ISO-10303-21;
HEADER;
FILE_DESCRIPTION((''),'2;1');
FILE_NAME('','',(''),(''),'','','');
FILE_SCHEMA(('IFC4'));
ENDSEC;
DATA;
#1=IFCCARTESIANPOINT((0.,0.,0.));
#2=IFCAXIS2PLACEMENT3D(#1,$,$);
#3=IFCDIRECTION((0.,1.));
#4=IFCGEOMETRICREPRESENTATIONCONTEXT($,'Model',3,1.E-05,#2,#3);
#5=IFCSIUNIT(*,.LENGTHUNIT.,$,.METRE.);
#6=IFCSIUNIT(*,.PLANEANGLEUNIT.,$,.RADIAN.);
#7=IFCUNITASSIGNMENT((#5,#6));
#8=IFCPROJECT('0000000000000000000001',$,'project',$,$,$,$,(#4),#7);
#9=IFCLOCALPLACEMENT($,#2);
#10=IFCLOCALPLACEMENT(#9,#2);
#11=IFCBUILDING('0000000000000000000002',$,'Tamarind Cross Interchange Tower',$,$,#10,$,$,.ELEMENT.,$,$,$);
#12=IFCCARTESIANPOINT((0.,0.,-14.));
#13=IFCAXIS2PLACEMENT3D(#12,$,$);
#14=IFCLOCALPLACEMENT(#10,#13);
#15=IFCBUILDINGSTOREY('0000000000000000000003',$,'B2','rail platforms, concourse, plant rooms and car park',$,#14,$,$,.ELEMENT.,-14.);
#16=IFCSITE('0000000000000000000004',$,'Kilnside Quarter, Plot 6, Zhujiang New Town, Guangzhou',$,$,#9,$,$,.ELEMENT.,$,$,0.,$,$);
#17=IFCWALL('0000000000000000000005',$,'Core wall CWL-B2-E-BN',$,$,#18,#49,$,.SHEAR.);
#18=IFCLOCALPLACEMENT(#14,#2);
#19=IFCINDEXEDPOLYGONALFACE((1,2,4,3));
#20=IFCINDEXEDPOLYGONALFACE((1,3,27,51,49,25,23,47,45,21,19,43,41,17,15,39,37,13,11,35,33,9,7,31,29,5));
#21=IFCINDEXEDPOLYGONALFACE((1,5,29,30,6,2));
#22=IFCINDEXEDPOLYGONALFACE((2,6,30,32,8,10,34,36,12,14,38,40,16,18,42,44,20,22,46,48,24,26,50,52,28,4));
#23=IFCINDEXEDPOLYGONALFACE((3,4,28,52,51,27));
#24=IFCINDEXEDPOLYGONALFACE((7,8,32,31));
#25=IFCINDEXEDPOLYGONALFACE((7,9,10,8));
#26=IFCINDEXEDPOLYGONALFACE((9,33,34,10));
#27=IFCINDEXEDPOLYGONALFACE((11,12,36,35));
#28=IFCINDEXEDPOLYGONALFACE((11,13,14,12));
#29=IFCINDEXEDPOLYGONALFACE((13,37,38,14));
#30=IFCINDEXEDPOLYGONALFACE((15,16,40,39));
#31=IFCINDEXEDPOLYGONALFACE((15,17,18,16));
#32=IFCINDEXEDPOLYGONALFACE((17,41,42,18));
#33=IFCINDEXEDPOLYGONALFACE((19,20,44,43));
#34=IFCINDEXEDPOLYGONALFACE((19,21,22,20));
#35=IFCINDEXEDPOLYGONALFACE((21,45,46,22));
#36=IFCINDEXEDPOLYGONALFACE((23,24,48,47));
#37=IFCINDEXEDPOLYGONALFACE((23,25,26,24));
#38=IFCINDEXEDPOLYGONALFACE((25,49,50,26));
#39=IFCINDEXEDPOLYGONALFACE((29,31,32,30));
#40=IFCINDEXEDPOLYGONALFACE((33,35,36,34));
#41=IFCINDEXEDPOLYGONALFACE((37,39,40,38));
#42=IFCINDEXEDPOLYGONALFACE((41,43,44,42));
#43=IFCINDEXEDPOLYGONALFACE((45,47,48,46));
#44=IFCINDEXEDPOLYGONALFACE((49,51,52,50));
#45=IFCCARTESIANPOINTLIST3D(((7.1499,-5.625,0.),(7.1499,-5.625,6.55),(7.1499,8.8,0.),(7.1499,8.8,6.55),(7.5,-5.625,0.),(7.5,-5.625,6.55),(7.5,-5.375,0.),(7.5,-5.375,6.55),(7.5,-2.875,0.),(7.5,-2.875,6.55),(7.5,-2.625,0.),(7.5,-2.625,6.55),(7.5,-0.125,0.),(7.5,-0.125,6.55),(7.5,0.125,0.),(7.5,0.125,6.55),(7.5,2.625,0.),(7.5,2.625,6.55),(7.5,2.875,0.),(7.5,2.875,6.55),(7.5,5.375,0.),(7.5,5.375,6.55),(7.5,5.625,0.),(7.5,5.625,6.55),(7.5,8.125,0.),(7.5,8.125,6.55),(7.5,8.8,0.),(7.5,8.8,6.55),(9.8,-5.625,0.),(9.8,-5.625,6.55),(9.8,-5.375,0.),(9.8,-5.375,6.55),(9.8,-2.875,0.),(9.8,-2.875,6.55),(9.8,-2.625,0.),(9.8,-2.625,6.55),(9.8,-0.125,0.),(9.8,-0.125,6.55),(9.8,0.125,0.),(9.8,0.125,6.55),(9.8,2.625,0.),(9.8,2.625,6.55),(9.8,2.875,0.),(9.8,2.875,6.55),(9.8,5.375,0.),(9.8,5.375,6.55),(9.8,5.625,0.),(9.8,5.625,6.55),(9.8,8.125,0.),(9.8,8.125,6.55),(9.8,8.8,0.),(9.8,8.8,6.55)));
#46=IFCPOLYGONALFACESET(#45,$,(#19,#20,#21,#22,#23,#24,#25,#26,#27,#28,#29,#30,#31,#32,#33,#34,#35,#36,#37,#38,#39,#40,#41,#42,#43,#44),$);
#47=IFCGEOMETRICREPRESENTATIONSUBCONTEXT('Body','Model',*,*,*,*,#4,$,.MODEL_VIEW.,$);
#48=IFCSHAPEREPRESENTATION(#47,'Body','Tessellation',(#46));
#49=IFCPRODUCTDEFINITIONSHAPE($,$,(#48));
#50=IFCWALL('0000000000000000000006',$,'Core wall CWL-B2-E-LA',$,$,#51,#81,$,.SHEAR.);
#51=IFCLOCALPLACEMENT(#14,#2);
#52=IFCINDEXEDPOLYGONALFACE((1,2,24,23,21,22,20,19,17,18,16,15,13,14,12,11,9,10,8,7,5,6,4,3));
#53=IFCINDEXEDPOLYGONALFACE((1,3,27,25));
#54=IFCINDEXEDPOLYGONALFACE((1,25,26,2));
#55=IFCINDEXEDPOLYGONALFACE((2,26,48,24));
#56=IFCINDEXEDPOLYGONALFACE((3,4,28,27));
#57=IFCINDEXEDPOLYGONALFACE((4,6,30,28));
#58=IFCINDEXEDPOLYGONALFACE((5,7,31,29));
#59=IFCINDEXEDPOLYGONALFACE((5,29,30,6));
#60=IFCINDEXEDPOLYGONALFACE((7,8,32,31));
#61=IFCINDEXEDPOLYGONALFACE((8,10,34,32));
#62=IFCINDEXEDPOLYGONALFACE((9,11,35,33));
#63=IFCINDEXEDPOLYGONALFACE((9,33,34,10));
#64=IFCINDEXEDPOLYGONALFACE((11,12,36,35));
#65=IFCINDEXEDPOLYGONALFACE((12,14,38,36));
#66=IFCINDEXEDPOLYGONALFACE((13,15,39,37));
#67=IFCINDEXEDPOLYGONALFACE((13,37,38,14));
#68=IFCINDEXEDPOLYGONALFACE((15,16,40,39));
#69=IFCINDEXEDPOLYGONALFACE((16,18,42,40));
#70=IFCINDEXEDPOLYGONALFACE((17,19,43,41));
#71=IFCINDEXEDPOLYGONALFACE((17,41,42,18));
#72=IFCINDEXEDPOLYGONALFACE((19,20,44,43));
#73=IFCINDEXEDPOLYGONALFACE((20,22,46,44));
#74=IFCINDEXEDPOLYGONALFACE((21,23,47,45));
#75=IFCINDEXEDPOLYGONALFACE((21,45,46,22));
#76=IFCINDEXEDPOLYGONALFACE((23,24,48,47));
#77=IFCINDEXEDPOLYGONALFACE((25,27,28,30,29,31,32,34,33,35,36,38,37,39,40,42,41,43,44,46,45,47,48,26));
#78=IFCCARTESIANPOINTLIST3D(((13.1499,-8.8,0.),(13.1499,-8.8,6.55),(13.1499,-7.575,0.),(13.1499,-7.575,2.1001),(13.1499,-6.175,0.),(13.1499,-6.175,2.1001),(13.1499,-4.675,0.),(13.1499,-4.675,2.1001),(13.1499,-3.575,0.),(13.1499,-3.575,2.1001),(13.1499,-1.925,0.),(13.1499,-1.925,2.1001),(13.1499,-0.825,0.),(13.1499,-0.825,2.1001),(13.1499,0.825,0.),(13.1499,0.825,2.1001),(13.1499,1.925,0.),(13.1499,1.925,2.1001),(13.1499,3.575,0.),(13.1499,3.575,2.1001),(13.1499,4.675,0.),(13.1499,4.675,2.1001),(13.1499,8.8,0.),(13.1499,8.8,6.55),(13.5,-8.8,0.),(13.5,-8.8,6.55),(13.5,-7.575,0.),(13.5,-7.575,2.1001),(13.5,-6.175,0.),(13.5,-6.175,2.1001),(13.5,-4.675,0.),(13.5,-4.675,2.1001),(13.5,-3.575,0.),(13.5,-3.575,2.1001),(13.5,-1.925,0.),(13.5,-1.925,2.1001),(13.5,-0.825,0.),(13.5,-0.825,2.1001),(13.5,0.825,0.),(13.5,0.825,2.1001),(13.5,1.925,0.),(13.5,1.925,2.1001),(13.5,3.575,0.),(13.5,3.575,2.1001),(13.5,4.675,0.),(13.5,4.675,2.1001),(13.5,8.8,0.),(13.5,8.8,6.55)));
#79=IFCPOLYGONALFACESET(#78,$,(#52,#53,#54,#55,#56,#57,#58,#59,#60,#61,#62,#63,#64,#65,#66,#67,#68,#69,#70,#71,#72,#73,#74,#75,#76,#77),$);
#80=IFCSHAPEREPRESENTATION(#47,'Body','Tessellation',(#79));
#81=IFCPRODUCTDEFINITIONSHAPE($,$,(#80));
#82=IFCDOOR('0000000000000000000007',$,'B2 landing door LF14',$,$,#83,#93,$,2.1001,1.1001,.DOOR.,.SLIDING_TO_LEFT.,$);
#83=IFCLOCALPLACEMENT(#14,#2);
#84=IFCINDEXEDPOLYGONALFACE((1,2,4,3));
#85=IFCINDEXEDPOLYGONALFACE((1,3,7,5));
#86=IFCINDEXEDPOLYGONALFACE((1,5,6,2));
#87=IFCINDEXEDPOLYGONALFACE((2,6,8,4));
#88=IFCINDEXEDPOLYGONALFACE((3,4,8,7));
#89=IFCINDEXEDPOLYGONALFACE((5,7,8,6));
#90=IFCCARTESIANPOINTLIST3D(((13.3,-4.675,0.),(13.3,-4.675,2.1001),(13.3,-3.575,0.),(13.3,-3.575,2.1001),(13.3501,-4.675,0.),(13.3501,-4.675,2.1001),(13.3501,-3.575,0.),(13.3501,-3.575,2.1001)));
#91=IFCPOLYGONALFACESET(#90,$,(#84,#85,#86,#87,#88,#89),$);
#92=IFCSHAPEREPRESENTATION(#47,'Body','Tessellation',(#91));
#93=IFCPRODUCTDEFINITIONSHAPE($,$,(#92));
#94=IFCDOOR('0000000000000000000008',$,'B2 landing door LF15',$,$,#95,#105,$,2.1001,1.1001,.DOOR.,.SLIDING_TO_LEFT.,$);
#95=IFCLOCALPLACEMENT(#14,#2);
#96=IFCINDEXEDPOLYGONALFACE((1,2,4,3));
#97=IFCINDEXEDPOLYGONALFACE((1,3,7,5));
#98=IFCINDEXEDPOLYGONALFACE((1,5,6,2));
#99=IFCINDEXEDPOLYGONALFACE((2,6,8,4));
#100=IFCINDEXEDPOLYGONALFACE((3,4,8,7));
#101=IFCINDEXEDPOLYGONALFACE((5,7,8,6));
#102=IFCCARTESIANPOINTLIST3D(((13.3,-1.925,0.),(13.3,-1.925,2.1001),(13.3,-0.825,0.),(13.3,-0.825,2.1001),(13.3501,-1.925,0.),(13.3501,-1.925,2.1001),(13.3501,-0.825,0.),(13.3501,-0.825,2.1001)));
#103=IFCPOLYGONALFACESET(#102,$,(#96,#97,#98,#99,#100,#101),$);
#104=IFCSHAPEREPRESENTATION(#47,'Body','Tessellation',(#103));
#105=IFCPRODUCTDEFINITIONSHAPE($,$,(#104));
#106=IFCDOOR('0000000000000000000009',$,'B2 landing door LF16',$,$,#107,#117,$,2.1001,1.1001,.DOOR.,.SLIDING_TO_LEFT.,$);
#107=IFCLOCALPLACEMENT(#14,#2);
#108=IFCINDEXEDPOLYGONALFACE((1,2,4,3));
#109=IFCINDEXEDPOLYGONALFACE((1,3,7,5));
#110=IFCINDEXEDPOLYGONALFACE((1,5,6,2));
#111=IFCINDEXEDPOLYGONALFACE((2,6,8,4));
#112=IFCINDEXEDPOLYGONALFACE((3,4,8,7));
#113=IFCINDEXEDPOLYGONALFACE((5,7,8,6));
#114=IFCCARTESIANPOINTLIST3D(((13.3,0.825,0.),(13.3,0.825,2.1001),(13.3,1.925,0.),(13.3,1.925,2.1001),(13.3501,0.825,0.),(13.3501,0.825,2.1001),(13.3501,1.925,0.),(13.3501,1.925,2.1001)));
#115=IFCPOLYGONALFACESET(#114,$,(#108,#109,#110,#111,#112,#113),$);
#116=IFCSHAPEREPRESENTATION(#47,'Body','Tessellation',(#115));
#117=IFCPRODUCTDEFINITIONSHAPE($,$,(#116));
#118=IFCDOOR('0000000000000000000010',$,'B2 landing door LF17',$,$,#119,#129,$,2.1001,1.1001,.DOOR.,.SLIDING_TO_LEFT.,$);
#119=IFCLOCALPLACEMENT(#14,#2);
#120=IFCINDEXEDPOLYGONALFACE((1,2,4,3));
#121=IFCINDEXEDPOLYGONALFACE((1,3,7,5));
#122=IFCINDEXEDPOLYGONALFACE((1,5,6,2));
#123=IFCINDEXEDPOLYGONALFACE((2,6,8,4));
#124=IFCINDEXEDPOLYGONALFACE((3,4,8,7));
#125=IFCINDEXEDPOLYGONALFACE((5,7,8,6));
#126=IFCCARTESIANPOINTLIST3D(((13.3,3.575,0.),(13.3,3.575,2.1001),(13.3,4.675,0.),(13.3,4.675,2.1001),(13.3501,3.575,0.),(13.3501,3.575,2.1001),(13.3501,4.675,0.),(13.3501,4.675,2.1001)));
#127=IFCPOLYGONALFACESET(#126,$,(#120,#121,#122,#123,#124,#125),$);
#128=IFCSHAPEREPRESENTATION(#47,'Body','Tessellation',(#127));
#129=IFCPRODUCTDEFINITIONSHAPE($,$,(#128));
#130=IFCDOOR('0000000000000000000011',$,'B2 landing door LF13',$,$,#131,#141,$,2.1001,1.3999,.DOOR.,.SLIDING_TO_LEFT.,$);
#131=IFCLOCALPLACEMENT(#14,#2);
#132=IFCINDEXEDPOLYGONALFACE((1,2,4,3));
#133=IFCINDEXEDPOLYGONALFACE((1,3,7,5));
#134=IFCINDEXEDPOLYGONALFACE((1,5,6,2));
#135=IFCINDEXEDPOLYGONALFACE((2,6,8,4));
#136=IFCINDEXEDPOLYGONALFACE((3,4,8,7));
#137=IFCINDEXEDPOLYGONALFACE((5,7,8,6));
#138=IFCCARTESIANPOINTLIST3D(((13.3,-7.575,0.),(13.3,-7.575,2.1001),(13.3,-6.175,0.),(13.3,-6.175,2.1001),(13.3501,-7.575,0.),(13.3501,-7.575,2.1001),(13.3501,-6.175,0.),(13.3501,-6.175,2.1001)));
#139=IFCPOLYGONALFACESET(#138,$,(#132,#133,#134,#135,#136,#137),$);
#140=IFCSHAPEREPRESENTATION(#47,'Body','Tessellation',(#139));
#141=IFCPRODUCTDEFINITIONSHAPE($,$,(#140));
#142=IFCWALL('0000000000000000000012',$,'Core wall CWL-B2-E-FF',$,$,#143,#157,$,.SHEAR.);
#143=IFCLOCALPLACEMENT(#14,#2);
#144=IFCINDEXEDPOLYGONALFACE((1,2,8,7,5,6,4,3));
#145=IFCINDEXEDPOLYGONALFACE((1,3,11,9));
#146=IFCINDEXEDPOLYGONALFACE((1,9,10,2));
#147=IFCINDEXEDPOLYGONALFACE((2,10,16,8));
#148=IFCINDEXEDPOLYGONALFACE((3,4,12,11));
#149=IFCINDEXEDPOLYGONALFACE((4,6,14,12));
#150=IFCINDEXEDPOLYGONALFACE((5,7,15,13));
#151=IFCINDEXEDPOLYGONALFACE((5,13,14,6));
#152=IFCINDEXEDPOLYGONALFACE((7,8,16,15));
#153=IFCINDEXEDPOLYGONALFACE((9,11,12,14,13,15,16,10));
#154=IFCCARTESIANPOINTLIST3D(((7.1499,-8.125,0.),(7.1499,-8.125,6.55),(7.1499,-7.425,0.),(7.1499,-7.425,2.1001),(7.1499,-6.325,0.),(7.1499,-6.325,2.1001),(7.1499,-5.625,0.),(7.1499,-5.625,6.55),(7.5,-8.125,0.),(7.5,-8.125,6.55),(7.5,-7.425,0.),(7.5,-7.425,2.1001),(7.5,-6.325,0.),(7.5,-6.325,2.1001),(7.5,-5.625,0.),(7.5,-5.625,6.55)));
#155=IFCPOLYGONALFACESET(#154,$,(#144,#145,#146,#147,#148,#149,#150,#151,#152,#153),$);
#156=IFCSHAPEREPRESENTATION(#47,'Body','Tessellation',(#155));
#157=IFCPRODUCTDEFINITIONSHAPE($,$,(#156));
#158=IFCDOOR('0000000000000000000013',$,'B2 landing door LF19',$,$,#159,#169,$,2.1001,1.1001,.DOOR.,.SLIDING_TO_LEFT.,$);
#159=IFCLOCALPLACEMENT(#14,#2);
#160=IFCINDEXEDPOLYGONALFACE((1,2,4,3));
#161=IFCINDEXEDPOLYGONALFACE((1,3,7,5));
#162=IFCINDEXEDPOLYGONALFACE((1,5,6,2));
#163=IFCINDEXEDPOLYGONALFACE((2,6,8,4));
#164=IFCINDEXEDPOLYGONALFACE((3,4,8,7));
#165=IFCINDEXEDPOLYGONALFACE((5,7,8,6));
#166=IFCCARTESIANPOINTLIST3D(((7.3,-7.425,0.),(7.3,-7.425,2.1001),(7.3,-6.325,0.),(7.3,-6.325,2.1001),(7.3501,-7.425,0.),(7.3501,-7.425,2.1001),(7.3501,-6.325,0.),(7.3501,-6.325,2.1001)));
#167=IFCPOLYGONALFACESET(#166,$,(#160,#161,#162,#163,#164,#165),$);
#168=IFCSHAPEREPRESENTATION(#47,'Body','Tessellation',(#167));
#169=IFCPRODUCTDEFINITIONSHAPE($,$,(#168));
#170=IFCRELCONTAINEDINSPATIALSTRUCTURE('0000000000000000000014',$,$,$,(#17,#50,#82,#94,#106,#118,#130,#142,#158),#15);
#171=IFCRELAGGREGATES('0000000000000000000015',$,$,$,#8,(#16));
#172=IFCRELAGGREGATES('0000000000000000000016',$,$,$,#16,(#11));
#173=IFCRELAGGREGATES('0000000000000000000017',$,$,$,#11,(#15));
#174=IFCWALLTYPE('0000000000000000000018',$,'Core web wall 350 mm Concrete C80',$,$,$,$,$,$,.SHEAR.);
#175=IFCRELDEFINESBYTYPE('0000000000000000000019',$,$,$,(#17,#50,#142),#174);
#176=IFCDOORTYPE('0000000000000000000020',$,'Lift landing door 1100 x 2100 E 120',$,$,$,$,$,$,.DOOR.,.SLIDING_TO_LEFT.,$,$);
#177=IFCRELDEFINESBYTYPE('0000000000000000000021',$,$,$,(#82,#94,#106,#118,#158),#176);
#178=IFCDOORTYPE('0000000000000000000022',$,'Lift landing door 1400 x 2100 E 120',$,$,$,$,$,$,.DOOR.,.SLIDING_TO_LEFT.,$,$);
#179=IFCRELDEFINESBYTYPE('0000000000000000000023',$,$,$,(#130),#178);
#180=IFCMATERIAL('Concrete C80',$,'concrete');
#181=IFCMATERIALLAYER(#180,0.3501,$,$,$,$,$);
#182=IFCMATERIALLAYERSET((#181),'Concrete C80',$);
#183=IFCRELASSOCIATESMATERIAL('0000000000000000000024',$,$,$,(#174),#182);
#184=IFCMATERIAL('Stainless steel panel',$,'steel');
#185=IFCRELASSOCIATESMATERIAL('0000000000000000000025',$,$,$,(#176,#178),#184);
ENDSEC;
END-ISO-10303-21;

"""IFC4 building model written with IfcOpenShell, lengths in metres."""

from ifc_helpers import new_model, si_unit, direction, frame, frame_2d, origin, place, context, subcontext, project, spatial, polyline, rectangle, outline, extrude, material, layer, layer_set, type_object, element, fill, save


model = new_model("IFC4")

# Units and contexts
model_context = context("Model", 3, precision=1e-05, world=origin(), true_north=direction((0.0, 1.0)))
body_context = subcontext(model_context, "Body", "Model", "MODEL_VIEW")
ifc_project = project(units=[si_unit("LENGTHUNIT", "METRE"), si_unit("PLANEANGLEUNIT", "RADIAN")], contexts=[model_context])

# Site, building, storey
site_placement = place(None, origin())
site = spatial("IfcSite", under=ifc_project, at=site_placement, Name="Kilnside Quarter, Plot 6, Zhujiang New Town, Guangzhou", CompositionType="ELEMENT", RefElevation=0.0)
building_placement = place(site_placement, origin())
building = spatial("IfcBuilding", under=site, at=building_placement, Name="Tamarind Cross Interchange Tower", CompositionType="ELEMENT")
storey_placement = place(building_placement, frame((0.0, 0.0, -14.0)))
storey = spatial("IfcBuildingStorey", under=building, at=storey_placement, Name="B2", Description="rail platforms, concourse, plant rooms and car park", CompositionType="ELEMENT", Elevation=-14.0)

# Wall
ifc_material_1 = material(Name="Concrete C80", Category="concrete")
ifc_layer_1 = layer(ifc_material_1, 0.3501)
ifc_layer_set_1 = layer_set([ifc_layer_1], Name="Concrete C80")
wall_type_1 = type_object("IfcWallType", Name="Core web wall 350 mm Concrete C80", PredefinedType="SHEAR", material=ifc_layer_set_1)
wall_1_placement = place(storey_placement, origin())
element("IfcWall", 1, at=wall_1_placement, inside=storey, type_object=wall_type_1, Name="Core wall CWL-B2-E-BN", PredefinedType="SHEAR", context=body_context, shape_type="SweptSolid", body=[
    extrude(outline(polyline([(9.8, -5.375), (7.5, -5.375), (7.5, -2.875), (9.8, -2.875), (9.8, -2.625), (7.5, -2.625), (7.5, -0.125), (9.8, -0.125), (9.8, 0.125), (7.5, 0.125), (7.5, 2.625), (9.8, 2.625), (9.8, 2.875), (7.5, 2.875), (7.5, 5.375), (9.8, 5.375), (9.8, 5.625), (7.5, 5.625), (7.5, 8.125), (9.8, 8.125), (9.8, 8.8), (7.5, 8.8), (7.1499, 8.8), (7.1499, -5.625), (7.5, -5.625), (9.8, -5.625), (9.8, -5.375)])), origin(), (0.0, 0.0, 1.0), 6.55),
])

# Wall, openings, doors
wall_2_placement = place(storey_placement, frame((13.325, -8.8, 0.0), z_axis=(0.0, 0.0, 1.0), x_axis=(0.0, 1.0, 0.0)))
wall_2 = element("IfcWall", 2, at=wall_2_placement, inside=storey, type_object=wall_type_1, Name="Core wall CWL-B2-E-LA", PredefinedType="SHEAR", context=body_context, shape_type="SweptSolid", body=[
    extrude(rectangle(XDim=17.6001, YDim=0.3501, at=frame_2d((8.8, 0.0))), origin(), (0.0, 0.0, 1.0), 6.55),
])
opening_1_placement = place(wall_2_placement, frame((1.2251, 0.0, 0.0)))
opening_1 = element("IfcOpeningElement", 3, at=opening_1_placement, cuts=wall_2, PredefinedType="OPENING", context=body_context, shape_type="SweptSolid", body=[
    extrude(rectangle(XDim=1.3999, YDim=2.1001, at=frame_2d((0.7, 1.05))), frame((0.0, 0.1851, 0.0), z_axis=(0.0, -1.0, 0.0), x_axis=(1.0, 0.0, 0.0)), (0.0, 0.0, 1.0), 0.3701),
])
opening_2_placement = place(wall_2_placement, frame((4.125, 0.0, 0.0)))
opening_2 = element("IfcOpeningElement", 4, at=opening_2_placement, cuts=wall_2, PredefinedType="OPENING", context=body_context, shape_type="SweptSolid", body=[
    extrude(rectangle(XDim=1.1001, YDim=2.1001, at=frame_2d((0.55, 1.05))), frame((0.0, 0.1851, 0.0), z_axis=(0.0, -1.0, 0.0), x_axis=(1.0, 0.0, 0.0)), (0.0, 0.0, 1.0), 0.3701),
])
opening_3_placement = place(wall_2_placement, frame((6.875, 0.0, 0.0)))
opening_3 = element("IfcOpeningElement", 5, at=opening_3_placement, cuts=wall_2, PredefinedType="OPENING", context=body_context, shape_type="SweptSolid", body=[
    extrude(rectangle(XDim=1.1001, YDim=2.1001, at=frame_2d((0.55, 1.05))), frame((0.0, 0.1851, 0.0), z_axis=(0.0, -1.0, 0.0), x_axis=(1.0, 0.0, 0.0)), (0.0, 0.0, 1.0), 0.3701),
])
opening_4_placement = place(wall_2_placement, frame((9.625, 0.0, 0.0)))
opening_4 = element("IfcOpeningElement", 6, at=opening_4_placement, cuts=wall_2, PredefinedType="OPENING", context=body_context, shape_type="SweptSolid", body=[
    extrude(rectangle(XDim=1.1001, YDim=2.1001, at=frame_2d((0.55, 1.05))), frame((0.0, 0.1851, 0.0), z_axis=(0.0, -1.0, 0.0), x_axis=(1.0, 0.0, 0.0)), (0.0, 0.0, 1.0), 0.3701),
])
opening_5_placement = place(wall_2_placement, frame((12.375, 0.0, 0.0)))
opening_5 = element("IfcOpeningElement", 7, at=opening_5_placement, cuts=wall_2, PredefinedType="OPENING", context=body_context, shape_type="SweptSolid", body=[
    extrude(rectangle(XDim=1.1001, YDim=2.1001, at=frame_2d((0.55, 1.05))), frame((0.0, 0.1851, 0.0), z_axis=(0.0, -1.0, 0.0), x_axis=(1.0, 0.0, 0.0)), (0.0, 0.0, 1.0), 0.3701),
])
ifc_material_2 = material(Name="Stainless steel panel", Category="steel")
door_type_1 = type_object("IfcDoorType", Name="Lift landing door 1100 x 2100 E 120", OperationType="SLIDING_TO_LEFT", PredefinedType="DOOR", material=ifc_material_2)
door_1_placement = place(opening_2_placement, origin())
door_1 = element("IfcDoor", 8, at=door_1_placement, inside=storey, type_object=door_type_1, Name="B2 landing door LF14", OperationType="SLIDING_TO_LEFT", OverallHeight=2.1001, OverallWidth=1.1001, PredefinedType="DOOR", context=body_context, shape_type="SweptSolid", body=[
    extrude(rectangle(XDim=1.1001, YDim=2.1001, at=frame_2d((0.55, 1.05))), frame((0.0, 0.0249, 0.0), z_axis=(0.0, -1.0, 0.0), x_axis=(1.0, 0.0, 0.0)), (0.0, 0.0, 1.0), 0.05),
])
fill(opening_2, door_1)
door_2_placement = place(opening_3_placement, origin())
door_2 = element("IfcDoor", 9, at=door_2_placement, inside=storey, type_object=door_type_1, Name="B2 landing door LF15", OperationType="SLIDING_TO_LEFT", OverallHeight=2.1001, OverallWidth=1.1001, PredefinedType="DOOR", context=body_context, shape_type="SweptSolid", body=[
    extrude(rectangle(XDim=1.1001, YDim=2.1001, at=frame_2d((0.55, 1.05))), frame((0.0, 0.0249, 0.0), z_axis=(0.0, -1.0, 0.0), x_axis=(1.0, 0.0, 0.0)), (0.0, 0.0, 1.0), 0.05),
])
fill(opening_3, door_2)
door_3_placement = place(opening_4_placement, origin())
door_3 = element("IfcDoor", 10, at=door_3_placement, inside=storey, type_object=door_type_1, Name="B2 landing door LF16", OperationType="SLIDING_TO_LEFT", OverallHeight=2.1001, OverallWidth=1.1001, PredefinedType="DOOR", context=body_context, shape_type="SweptSolid", body=[
    extrude(rectangle(XDim=1.1001, YDim=2.1001, at=frame_2d((0.55, 1.05))), frame((0.0, 0.0249, 0.0), z_axis=(0.0, -1.0, 0.0), x_axis=(1.0, 0.0, 0.0)), (0.0, 0.0, 1.0), 0.05),
])
fill(opening_4, door_3)
door_4_placement = place(opening_5_placement, origin())
door_4 = element("IfcDoor", 11, at=door_4_placement, inside=storey, type_object=door_type_1, Name="B2 landing door LF17", OperationType="SLIDING_TO_LEFT", OverallHeight=2.1001, OverallWidth=1.1001, PredefinedType="DOOR", context=body_context, shape_type="SweptSolid", body=[
    extrude(rectangle(XDim=1.1001, YDim=2.1001, at=frame_2d((0.55, 1.05))), frame((0.0, 0.0249, 0.0), z_axis=(0.0, -1.0, 0.0), x_axis=(1.0, 0.0, 0.0)), (0.0, 0.0, 1.0), 0.05),
])
fill(opening_5, door_4)
door_type_2 = type_object("IfcDoorType", Name="Lift landing door 1400 x 2100 E 120", OperationType="SLIDING_TO_LEFT", PredefinedType="DOOR", material=ifc_material_2)
door_5_placement = place(opening_1_placement, origin())
door_5 = element("IfcDoor", 12, at=door_5_placement, inside=storey, type_object=door_type_2, Name="B2 landing door LF13", OperationType="SLIDING_TO_LEFT", OverallHeight=2.1001, OverallWidth=1.3999, PredefinedType="DOOR", context=body_context, shape_type="SweptSolid", body=[
    extrude(rectangle(XDim=1.3999, YDim=2.1001, at=frame_2d((0.7, 1.05))), frame((0.0, 0.0249, 0.0), z_axis=(0.0, -1.0, 0.0), x_axis=(1.0, 0.0, 0.0)), (0.0, 0.0, 1.0), 0.05),
])
fill(opening_1, door_5)

# Wall, opening, door
wall_3_placement = place(storey_placement, frame((7.325, -8.125, 0.0), z_axis=(0.0, 0.0, 1.0), x_axis=(0.0, 1.0, 0.0)))
wall_3 = element("IfcWall", 13, at=wall_3_placement, inside=storey, type_object=wall_type_1, Name="Core wall CWL-B2-E-FF", PredefinedType="SHEAR", context=body_context, shape_type="SweptSolid", body=[
    extrude(rectangle(XDim=2.5, YDim=0.3501, at=frame_2d((1.25, 0.0))), origin(), (0.0, 0.0, 1.0), 6.55),
])
opening_6_placement = place(wall_3_placement, frame((0.7, 0.0, 0.0)))
opening_6 = element("IfcOpeningElement", 14, at=opening_6_placement, cuts=wall_3, PredefinedType="OPENING", context=body_context, shape_type="SweptSolid", body=[
    extrude(rectangle(XDim=1.1001, YDim=2.1001, at=frame_2d((0.55, 1.05))), frame((0.0, 0.1851, 0.0), z_axis=(0.0, -1.0, 0.0), x_axis=(1.0, 0.0, 0.0)), (0.0, 0.0, 1.0), 0.3701),
])
door_6_placement = place(opening_6_placement, origin())
door_6 = element("IfcDoor", 15, at=door_6_placement, inside=storey, type_object=door_type_1, Name="B2 landing door LF19", OperationType="SLIDING_TO_LEFT", OverallHeight=2.1001, OverallWidth=1.1001, PredefinedType="DOOR", context=body_context, shape_type="SweptSolid", body=[
    extrude(rectangle(XDim=1.1001, YDim=2.1001, at=frame_2d((0.55, 1.05))), frame((0.0, 0.0249, 0.0), z_axis=(0.0, -1.0, 0.0), x_axis=(1.0, 0.0, 0.0)), (0.0, 0.0, 1.0), 0.05),
])
fill(opening_6, door_6)

save(model, "model.ifc")
